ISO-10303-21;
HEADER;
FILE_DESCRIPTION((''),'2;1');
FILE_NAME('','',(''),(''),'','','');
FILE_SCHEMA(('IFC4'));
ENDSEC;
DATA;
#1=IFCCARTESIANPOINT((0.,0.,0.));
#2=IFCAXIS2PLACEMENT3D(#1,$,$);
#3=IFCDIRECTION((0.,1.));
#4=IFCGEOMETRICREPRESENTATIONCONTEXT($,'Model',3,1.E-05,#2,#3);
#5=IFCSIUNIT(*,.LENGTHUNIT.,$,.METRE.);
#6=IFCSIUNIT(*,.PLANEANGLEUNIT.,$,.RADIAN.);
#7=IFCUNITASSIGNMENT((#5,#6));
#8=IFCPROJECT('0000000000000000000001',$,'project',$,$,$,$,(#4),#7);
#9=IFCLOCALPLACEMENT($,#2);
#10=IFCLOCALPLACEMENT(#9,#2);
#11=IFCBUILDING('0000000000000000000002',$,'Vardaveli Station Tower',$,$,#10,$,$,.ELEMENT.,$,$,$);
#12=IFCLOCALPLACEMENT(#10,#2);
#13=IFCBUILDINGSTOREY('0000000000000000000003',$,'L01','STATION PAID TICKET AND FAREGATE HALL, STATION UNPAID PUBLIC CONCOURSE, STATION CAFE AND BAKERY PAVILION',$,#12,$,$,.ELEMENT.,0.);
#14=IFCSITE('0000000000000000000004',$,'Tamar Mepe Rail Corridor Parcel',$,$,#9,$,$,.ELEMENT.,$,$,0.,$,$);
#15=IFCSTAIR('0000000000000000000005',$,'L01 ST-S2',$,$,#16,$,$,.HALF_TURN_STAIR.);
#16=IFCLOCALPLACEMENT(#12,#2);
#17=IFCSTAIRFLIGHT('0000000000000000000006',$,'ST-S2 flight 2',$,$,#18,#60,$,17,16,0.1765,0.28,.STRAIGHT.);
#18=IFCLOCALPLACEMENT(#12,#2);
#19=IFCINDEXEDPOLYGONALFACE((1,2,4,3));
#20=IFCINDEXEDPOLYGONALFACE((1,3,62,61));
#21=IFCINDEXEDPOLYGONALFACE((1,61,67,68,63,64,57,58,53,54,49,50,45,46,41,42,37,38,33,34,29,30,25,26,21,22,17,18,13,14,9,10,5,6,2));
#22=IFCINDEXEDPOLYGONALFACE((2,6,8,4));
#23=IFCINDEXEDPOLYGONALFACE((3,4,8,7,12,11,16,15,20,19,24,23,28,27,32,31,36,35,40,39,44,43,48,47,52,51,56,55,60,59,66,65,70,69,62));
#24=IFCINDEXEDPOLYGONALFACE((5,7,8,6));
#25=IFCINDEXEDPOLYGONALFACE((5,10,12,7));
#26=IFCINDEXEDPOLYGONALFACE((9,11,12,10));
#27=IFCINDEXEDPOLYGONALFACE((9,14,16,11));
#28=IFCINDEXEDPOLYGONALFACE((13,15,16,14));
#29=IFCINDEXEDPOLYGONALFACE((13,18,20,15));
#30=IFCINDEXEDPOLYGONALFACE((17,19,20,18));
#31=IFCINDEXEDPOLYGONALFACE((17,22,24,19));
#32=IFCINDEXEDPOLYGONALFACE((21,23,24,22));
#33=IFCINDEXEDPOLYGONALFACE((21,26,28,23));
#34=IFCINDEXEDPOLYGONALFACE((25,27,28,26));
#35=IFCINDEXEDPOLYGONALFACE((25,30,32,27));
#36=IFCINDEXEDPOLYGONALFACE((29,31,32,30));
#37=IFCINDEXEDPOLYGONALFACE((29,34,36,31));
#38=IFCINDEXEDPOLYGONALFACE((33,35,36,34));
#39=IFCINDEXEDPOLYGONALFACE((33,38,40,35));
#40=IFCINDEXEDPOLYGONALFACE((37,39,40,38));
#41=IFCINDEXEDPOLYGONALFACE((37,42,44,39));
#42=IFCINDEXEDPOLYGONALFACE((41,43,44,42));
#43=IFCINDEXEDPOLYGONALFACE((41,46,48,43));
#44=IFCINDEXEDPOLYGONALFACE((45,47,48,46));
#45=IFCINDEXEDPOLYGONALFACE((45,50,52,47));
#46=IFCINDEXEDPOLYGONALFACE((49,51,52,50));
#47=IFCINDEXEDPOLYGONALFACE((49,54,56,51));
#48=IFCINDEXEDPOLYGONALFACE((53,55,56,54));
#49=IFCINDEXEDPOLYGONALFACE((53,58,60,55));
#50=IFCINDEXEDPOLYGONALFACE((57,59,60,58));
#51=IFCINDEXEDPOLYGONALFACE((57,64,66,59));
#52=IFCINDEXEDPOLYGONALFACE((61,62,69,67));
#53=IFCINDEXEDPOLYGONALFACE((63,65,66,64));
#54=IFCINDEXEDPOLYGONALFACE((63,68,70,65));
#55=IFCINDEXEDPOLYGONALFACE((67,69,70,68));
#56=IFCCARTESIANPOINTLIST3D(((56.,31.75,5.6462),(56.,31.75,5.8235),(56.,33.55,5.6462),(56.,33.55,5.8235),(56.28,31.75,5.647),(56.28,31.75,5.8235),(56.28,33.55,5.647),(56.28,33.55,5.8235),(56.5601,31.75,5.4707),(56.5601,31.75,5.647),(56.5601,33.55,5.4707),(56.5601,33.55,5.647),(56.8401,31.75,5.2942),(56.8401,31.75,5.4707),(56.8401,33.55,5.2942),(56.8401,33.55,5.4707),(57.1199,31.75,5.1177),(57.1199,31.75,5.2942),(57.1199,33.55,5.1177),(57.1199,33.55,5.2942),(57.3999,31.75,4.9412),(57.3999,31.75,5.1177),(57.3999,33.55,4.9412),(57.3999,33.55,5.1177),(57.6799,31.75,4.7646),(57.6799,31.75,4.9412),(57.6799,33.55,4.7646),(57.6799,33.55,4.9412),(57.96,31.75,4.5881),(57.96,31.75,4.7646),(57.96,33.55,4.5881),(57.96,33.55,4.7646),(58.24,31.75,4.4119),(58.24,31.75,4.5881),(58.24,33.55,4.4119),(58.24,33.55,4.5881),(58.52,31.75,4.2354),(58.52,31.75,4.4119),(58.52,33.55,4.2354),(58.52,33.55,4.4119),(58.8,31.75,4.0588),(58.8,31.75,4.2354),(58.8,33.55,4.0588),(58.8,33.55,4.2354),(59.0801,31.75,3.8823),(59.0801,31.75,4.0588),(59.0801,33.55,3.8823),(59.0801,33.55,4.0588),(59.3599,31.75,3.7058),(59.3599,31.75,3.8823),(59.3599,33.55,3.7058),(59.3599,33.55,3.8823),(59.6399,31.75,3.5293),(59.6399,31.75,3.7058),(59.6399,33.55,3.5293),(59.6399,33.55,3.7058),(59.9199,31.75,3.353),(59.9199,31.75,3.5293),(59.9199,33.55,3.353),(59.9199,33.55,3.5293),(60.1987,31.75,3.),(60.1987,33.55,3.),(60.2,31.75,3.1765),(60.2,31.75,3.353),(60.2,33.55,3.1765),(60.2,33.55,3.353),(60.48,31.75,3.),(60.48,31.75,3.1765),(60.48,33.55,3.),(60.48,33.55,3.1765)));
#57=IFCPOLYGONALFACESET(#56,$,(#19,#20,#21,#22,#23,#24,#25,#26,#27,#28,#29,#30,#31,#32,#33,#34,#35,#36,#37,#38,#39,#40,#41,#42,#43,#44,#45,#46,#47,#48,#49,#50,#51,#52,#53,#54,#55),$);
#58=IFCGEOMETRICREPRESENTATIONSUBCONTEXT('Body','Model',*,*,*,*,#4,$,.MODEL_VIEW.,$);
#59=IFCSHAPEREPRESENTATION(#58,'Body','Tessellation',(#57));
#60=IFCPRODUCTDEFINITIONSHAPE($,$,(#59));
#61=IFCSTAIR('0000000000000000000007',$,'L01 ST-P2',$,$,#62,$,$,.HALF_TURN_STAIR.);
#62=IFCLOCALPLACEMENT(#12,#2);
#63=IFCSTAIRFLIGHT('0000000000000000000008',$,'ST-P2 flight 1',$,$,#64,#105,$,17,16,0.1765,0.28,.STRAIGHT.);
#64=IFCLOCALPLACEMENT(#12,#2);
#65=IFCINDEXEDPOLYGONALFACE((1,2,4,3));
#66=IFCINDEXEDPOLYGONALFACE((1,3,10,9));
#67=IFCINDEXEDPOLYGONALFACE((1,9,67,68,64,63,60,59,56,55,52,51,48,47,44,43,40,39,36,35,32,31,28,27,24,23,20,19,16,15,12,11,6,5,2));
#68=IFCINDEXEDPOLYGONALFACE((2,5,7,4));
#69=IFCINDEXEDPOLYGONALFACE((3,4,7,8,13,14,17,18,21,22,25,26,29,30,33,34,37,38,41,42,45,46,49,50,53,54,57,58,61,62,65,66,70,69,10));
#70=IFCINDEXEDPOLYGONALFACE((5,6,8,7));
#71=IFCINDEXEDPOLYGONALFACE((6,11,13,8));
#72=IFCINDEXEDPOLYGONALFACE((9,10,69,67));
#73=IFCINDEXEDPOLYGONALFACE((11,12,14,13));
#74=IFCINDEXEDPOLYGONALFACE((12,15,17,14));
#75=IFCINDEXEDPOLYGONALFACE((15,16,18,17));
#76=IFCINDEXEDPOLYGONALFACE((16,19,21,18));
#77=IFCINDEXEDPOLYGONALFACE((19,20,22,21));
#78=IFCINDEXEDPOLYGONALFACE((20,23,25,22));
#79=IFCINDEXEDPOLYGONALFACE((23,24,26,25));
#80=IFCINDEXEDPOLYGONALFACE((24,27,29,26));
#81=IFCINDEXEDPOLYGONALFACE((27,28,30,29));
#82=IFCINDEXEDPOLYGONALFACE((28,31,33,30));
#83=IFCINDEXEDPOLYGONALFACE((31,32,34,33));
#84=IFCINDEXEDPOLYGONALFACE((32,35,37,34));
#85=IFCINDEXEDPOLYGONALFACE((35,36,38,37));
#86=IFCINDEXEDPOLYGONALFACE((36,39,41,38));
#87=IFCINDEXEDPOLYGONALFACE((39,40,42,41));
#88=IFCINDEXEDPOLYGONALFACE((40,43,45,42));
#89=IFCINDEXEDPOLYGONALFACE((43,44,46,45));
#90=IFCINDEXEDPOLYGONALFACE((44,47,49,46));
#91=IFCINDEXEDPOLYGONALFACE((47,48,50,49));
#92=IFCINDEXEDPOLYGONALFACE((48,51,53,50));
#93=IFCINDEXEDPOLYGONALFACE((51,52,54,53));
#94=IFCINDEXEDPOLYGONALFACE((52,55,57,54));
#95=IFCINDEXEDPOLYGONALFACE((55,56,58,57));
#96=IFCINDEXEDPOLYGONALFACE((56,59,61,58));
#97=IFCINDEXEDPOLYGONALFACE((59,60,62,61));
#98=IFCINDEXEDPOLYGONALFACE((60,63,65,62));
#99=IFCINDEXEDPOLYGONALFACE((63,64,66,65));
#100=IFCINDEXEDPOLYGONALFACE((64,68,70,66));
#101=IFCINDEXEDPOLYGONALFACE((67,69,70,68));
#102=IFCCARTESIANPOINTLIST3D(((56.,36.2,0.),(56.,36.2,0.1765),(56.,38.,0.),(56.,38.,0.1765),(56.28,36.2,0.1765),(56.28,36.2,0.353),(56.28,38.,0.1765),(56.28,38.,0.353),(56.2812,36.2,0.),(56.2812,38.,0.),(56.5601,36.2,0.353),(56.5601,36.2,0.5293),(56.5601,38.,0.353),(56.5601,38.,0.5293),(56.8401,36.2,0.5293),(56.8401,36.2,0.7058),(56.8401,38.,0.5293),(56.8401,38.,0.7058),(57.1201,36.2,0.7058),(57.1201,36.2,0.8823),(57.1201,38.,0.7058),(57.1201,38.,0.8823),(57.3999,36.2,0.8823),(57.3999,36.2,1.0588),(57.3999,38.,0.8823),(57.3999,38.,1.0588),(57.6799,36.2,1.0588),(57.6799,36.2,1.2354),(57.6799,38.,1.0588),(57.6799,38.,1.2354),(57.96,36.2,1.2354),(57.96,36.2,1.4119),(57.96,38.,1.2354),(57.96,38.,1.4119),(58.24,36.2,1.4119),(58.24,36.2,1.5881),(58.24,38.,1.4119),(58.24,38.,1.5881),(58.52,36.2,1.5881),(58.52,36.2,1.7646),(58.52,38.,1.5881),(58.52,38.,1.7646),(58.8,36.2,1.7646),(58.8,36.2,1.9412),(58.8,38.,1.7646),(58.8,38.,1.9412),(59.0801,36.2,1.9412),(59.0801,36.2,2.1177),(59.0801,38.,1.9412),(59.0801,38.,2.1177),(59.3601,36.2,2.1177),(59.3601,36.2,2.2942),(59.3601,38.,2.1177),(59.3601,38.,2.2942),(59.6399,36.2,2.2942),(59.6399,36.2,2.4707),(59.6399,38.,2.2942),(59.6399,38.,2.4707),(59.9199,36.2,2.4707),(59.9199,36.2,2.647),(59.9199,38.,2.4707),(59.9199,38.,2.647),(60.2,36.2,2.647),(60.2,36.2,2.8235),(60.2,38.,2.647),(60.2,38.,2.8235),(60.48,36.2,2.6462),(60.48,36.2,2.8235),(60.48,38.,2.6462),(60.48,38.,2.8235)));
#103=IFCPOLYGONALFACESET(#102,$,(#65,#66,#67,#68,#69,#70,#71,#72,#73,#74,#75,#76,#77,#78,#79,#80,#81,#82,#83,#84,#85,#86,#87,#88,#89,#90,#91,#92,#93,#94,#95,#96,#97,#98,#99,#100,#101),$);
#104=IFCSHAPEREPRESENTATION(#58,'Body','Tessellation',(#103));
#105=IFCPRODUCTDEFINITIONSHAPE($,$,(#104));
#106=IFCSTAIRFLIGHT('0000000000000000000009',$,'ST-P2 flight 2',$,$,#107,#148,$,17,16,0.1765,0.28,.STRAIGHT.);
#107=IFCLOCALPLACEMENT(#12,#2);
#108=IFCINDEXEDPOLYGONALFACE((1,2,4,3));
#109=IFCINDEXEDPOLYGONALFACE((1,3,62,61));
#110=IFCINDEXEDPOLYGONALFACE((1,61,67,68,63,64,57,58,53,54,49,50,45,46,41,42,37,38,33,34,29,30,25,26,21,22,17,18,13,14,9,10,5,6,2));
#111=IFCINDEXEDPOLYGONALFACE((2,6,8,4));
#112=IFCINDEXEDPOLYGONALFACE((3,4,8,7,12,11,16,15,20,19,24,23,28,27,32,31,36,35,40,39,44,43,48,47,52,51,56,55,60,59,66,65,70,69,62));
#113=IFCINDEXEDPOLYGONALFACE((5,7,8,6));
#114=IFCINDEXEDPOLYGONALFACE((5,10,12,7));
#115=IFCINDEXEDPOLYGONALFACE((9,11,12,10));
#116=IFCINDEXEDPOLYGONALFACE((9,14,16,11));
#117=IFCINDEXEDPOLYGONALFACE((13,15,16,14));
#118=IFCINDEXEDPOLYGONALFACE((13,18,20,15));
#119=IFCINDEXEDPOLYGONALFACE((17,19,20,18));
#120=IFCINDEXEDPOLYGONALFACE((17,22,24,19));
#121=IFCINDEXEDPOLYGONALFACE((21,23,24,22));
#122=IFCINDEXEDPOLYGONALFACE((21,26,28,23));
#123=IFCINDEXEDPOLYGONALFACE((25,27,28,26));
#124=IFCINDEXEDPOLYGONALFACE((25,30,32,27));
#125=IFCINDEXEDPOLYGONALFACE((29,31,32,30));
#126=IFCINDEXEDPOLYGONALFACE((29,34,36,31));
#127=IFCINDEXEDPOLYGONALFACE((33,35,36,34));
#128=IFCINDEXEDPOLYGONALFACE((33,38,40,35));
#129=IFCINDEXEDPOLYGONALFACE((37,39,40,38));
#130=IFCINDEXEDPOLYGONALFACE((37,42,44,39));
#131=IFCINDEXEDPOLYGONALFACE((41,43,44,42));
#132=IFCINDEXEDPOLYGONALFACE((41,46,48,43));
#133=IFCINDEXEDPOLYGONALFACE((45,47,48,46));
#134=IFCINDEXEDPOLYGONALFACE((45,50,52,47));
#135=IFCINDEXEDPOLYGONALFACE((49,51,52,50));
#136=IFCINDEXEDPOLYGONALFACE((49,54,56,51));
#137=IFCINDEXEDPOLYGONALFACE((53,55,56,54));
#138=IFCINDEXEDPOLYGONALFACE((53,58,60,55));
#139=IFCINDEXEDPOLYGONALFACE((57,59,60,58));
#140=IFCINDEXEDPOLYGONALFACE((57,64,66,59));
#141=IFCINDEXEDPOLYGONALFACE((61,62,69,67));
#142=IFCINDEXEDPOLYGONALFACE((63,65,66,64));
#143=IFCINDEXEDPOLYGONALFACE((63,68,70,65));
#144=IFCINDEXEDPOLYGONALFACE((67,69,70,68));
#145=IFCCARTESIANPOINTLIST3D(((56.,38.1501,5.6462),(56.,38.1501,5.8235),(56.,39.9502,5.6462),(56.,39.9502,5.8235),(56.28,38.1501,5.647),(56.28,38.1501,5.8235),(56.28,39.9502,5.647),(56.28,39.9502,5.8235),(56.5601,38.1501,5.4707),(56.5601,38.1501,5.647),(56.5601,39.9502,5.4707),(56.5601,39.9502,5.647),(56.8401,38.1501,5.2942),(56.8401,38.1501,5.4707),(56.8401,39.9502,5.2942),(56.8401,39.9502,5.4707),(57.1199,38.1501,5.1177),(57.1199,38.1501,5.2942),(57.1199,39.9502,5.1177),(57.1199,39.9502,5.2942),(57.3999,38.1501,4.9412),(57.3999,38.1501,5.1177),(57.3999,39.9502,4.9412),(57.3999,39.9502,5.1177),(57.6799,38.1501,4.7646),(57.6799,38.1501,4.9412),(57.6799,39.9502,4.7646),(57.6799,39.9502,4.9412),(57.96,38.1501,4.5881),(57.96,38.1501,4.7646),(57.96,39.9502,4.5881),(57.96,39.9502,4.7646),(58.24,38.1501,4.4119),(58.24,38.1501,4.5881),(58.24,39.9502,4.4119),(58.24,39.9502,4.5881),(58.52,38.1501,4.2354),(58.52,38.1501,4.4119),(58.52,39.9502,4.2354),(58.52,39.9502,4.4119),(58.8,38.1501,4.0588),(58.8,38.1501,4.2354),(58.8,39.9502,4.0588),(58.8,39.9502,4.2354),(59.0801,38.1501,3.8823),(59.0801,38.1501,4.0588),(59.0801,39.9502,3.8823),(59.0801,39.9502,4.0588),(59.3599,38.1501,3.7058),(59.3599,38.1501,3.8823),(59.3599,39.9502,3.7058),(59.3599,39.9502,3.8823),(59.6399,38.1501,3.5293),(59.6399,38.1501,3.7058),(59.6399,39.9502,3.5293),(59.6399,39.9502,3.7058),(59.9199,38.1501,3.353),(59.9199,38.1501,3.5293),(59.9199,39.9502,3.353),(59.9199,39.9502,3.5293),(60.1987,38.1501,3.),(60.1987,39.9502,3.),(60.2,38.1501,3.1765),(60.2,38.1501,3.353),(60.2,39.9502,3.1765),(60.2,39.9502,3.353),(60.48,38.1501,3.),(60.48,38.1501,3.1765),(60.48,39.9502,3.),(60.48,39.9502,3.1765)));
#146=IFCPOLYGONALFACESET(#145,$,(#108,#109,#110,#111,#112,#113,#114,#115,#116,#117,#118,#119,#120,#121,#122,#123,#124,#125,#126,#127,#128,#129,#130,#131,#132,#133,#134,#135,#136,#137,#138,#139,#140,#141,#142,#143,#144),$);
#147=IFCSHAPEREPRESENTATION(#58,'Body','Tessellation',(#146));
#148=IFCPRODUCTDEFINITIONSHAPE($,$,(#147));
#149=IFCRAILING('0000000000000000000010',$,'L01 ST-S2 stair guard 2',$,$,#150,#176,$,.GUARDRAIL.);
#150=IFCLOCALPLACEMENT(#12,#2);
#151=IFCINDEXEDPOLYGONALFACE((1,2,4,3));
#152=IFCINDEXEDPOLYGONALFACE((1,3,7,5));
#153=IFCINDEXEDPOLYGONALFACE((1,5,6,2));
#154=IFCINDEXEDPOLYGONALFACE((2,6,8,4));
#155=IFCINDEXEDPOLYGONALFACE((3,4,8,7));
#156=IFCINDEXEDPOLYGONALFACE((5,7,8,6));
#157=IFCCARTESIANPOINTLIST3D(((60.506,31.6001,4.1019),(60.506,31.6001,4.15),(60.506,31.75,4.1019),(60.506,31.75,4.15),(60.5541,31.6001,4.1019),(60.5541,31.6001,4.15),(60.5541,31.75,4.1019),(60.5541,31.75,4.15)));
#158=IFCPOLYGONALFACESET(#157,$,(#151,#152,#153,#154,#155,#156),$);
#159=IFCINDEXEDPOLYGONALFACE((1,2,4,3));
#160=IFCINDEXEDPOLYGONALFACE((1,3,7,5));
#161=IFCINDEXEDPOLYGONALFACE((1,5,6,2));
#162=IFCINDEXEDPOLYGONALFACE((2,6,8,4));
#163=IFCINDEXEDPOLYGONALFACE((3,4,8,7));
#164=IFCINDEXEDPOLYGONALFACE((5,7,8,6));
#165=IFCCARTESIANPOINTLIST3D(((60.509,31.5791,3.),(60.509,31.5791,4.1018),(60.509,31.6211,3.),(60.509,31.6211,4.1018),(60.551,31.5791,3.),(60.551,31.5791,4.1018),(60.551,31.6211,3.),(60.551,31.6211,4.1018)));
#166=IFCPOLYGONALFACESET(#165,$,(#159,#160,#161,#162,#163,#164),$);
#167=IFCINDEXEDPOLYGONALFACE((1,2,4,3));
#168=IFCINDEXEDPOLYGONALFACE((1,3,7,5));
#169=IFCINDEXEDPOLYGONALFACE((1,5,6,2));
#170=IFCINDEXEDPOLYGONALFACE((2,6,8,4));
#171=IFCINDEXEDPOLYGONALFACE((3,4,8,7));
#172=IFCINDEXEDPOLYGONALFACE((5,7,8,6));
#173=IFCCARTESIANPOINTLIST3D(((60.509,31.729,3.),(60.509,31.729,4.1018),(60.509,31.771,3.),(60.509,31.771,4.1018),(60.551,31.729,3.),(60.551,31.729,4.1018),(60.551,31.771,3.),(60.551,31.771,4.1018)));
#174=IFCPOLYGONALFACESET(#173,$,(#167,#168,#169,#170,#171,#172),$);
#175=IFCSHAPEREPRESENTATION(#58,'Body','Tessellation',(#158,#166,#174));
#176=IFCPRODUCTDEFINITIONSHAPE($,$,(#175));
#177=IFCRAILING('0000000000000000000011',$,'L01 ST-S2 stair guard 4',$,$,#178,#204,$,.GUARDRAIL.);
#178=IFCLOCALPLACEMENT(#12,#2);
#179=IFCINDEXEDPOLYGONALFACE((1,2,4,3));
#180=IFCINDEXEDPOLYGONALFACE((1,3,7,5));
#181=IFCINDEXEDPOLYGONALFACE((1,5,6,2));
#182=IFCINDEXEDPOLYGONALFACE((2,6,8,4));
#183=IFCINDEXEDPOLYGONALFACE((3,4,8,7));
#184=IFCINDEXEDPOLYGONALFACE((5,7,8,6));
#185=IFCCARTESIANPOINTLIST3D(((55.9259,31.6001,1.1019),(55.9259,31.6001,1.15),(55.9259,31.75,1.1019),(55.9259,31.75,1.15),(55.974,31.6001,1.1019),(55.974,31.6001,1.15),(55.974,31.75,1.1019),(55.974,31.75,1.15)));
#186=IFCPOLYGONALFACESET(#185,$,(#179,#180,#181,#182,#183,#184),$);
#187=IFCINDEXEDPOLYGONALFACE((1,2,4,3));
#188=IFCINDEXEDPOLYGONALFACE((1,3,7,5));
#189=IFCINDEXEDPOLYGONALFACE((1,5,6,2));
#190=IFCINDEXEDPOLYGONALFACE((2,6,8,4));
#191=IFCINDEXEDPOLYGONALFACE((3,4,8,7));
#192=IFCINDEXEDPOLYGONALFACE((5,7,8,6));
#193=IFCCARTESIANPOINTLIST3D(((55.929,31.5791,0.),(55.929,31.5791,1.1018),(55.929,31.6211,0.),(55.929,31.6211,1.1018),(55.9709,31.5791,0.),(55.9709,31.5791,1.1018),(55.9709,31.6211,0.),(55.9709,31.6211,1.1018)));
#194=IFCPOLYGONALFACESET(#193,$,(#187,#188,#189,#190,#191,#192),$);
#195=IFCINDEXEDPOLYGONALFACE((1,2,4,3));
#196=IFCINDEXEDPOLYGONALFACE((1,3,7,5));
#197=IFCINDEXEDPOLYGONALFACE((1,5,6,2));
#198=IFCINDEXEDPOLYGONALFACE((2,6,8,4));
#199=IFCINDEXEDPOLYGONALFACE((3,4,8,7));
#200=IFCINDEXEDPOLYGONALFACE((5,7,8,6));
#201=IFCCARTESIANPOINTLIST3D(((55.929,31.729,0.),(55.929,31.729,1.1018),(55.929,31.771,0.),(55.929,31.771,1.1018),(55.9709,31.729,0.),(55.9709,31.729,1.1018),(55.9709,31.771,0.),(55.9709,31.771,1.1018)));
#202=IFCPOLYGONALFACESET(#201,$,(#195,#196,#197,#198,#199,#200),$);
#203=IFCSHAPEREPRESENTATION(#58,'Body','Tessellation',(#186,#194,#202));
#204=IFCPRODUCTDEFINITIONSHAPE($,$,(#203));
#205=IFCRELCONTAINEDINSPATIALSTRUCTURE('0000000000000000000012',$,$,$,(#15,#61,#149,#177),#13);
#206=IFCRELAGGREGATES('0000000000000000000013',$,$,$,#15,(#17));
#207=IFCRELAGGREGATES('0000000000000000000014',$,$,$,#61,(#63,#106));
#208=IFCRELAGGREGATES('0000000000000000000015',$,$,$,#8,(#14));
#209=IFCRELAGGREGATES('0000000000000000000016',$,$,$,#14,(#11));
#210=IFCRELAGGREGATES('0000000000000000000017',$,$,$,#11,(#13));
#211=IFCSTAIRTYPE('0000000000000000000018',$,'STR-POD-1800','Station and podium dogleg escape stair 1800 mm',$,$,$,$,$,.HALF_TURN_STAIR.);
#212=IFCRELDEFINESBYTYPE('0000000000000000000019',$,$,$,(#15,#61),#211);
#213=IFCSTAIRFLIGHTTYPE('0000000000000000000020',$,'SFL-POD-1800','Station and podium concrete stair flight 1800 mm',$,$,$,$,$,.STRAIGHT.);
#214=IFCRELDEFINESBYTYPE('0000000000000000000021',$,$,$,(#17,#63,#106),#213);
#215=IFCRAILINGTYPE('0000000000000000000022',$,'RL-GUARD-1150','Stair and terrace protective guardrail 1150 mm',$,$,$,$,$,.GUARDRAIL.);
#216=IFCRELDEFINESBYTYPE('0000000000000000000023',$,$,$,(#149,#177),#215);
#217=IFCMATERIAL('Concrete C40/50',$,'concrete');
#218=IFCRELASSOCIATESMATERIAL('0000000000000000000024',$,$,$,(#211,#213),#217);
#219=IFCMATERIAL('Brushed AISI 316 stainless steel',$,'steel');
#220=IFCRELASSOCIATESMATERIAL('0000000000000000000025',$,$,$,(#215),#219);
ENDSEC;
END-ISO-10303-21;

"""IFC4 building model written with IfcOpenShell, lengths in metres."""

from ifc_helpers import new_model, si_unit, direction, frame, origin, origin_2d, place, context, subcontext, project, spatial, polyline, rectangle, outline, extrude, source, transform, mapped, material, type_object, element, aggregate, save


model = new_model("IFC4")

# Units and contexts
model_context = context("Model", 3, precision=1e-05, world=origin(), true_north=direction((0.0, 1.0)))
body_context = subcontext(model_context, "Body", "Model", "MODEL_VIEW")
ifc_project = project(units=[si_unit("LENGTHUNIT", "METRE"), si_unit("PLANEANGLEUNIT", "RADIAN")], contexts=[model_context])

# Site, building, storey
site_placement = place(None, origin())
site = spatial("IfcSite", under=ifc_project, at=site_placement, Name="Tamar Mepe Rail Corridor Parcel", CompositionType="ELEMENT", RefElevation=0.0)
building_placement = place(site_placement, origin())
building = spatial("IfcBuilding", under=site, at=building_placement, Name="Vardaveli Station Tower", CompositionType="ELEMENT")
storey_placement = place(building_placement, origin())
storey = spatial("IfcBuildingStorey", under=building, at=storey_placement, Name="L01", Description="STATION PAID TICKET AND FAREGATE HALL, STATION UNPAID PUBLIC CONCOURSE, STATION CAFE AND BAKERY PAVILION", CompositionType="ELEMENT", Elevation=0.0)

# Shared definitions
ifc_material_1 = material(Name="Concrete C40/50", Category="concrete")

# Stairs, stair flights
stair_type = type_object("IfcStairType", Name="STR-POD-1800", Description="Station and podium dogleg escape stair 1800 mm", PredefinedType="HALF_TURN_STAIR", material=ifc_material_1)
stair_1_placement = place(storey_placement, origin())
stair_1 = element("IfcStair", 1, at=stair_1_placement, inside=storey, type_object=stair_type, Name="L01 ST-S2", PredefinedType="HALF_TURN_STAIR")
stair_flight_type = type_object("IfcStairFlightType", Name="SFL-POD-1800", Description="Station and podium concrete stair flight 1800 mm", PredefinedType="STRAIGHT", material=ifc_material_1)
shared_shape_1 = source(origin(), body_context, "Body", "SweptSolid", [
    extrude(outline(polyline([(0.0, 0.0), (0.0, 0.1765), (0.28, 0.1765), (0.28, 0.353), (0.5601, 0.353), (0.5601, 0.5293), (0.8401, 0.5293), (0.8401, 0.7058), (1.1201, 0.7058), (1.1201, 0.8823), (1.3999, 0.8823), (1.3999, 1.0588), (1.6799, 1.0588), (1.6799, 1.2354), (1.96, 1.2354), (1.96, 1.4119), (2.24, 1.4119), (2.24, 1.5881), (2.52, 1.5881), (2.52, 1.7646), (2.8, 1.7646), (2.8, 1.9412), (3.0801, 1.9412), (3.0801, 2.1177), (3.3601, 2.1177), (3.3601, 2.2942), (3.6399, 2.2942), (3.6399, 2.4707), (3.9199, 2.4707), (3.9199, 2.647), (4.2, 2.647), (4.2, 2.8235), (4.48, 2.8235), (4.48, 3.0), (4.48, 2.6462), (0.2812, 0.0), (0.0, 0.0)])), frame((0.0, 0.8999, 0.0), z_axis=(0.0, -1.0, 0.0), x_axis=(1.0, 0.0, 0.0)), (0.0, 0.0, 1.0), 1.8),
])
stair_flight_1_placement = place(storey_placement, frame((60.48, 32.6499, 3.0), z_axis=(0.0, 0.0, 1.0), x_axis=(-1.0, 0.0, 0.0)))
stair_flight_1 = element("IfcStairFlight", 2, at=stair_flight_1_placement, type_object=stair_flight_type, Name="ST-S2 flight 2", NumberOfRisers=17, NumberOfTreads=16, PredefinedType="STRAIGHT", RiserHeight=0.1765, TreadLength=0.28, context=body_context, shape_type="MappedRepresentation", body=[
    mapped(shared_shape_1, transform((0.0, 0.0, 0.0), scale=1.0)),
])
aggregate(stair_1, [stair_flight_1])
stair_2_placement = place(storey_placement, origin())
stair_2 = element("IfcStair", 3, at=stair_2_placement, inside=storey, type_object=stair_type, Name="L01 ST-P2", PredefinedType="HALF_TURN_STAIR")
stair_flight_2_placement = place(storey_placement, frame((56.0, 37.1001, 0.0), z_axis=(0.0, 0.0, 1.0), x_axis=(1.0, 0.0, 0.0)))
stair_flight_2 = element("IfcStairFlight", 4, at=stair_flight_2_placement, type_object=stair_flight_type, Name="ST-P2 flight 1", NumberOfRisers=17, NumberOfTreads=16, PredefinedType="STRAIGHT", RiserHeight=0.1765, TreadLength=0.28, context=body_context, shape_type="MappedRepresentation", body=[
    mapped(shared_shape_1, transform((0.0, 0.0, 0.0), scale=1.0)),
])
stair_flight_3_placement = place(storey_placement, frame((60.48, 39.05, 3.0), z_axis=(0.0, 0.0, 1.0), x_axis=(-1.0, 0.0, 0.0)))
stair_flight_3 = element("IfcStairFlight", 5, at=stair_flight_3_placement, type_object=stair_flight_type, Name="ST-P2 flight 2", NumberOfRisers=17, NumberOfTreads=16, PredefinedType="STRAIGHT", RiserHeight=0.1765, TreadLength=0.28, context=body_context, shape_type="MappedRepresentation", body=[
    mapped(shared_shape_1, transform((0.0, 0.0, 0.0), scale=1.0)),
])
aggregate(stair_2, [stair_flight_2, stair_flight_3])

# Railings
ifc_material_2 = material(Name="Brushed AISI 316 stainless steel", Category="steel")
railing_type_1 = type_object("IfcRailingType", Name="RL-GUARD-1150", Description="Stair and terrace protective guardrail 1150 mm", PredefinedType="GUARDRAIL", material=ifc_material_2)
shared_shape_2 = source(origin(), body_context, "Body", "SweptSolid", [
    extrude(rectangle(XDim=0.0481, YDim=0.0481, at=origin_2d()), frame((0.0, 0.0, 1.126), z_axis=(0.0, 1.0, 0.0), x_axis=(-1.0, 0.0, 0.0)), (0.0, 0.0, 1.0), 0.1499),
    extrude(rectangle(XDim=0.042, YDim=0.042, at=origin_2d()), origin(), (0.0, 0.0, 1.0), 1.1018),
    extrude(rectangle(XDim=0.042, YDim=0.042, at=origin_2d()), frame((0.0, 0.1499, 0.0)), (0.0, 0.0, 1.0), 1.1018),
])
for number, where, name in (
    (6, (60.53, 31.6001, 3.0), "L01 ST-S2 stair guard 2"),
    (7, (55.95, 31.6001, 0.0), "L01 ST-S2 stair guard 4"),
):
    element("IfcRailing", number, at=place(storey_placement, frame(where)), inside=storey, type_object=railing_type_1, Name=name, PredefinedType="GUARDRAIL", context=body_context, shape_type="MappedRepresentation", body=[
        mapped(shared_shape_2, transform((0.0, 0.0, 0.0), scale=1.0)),
    ])

save(model, "model.ifc")
